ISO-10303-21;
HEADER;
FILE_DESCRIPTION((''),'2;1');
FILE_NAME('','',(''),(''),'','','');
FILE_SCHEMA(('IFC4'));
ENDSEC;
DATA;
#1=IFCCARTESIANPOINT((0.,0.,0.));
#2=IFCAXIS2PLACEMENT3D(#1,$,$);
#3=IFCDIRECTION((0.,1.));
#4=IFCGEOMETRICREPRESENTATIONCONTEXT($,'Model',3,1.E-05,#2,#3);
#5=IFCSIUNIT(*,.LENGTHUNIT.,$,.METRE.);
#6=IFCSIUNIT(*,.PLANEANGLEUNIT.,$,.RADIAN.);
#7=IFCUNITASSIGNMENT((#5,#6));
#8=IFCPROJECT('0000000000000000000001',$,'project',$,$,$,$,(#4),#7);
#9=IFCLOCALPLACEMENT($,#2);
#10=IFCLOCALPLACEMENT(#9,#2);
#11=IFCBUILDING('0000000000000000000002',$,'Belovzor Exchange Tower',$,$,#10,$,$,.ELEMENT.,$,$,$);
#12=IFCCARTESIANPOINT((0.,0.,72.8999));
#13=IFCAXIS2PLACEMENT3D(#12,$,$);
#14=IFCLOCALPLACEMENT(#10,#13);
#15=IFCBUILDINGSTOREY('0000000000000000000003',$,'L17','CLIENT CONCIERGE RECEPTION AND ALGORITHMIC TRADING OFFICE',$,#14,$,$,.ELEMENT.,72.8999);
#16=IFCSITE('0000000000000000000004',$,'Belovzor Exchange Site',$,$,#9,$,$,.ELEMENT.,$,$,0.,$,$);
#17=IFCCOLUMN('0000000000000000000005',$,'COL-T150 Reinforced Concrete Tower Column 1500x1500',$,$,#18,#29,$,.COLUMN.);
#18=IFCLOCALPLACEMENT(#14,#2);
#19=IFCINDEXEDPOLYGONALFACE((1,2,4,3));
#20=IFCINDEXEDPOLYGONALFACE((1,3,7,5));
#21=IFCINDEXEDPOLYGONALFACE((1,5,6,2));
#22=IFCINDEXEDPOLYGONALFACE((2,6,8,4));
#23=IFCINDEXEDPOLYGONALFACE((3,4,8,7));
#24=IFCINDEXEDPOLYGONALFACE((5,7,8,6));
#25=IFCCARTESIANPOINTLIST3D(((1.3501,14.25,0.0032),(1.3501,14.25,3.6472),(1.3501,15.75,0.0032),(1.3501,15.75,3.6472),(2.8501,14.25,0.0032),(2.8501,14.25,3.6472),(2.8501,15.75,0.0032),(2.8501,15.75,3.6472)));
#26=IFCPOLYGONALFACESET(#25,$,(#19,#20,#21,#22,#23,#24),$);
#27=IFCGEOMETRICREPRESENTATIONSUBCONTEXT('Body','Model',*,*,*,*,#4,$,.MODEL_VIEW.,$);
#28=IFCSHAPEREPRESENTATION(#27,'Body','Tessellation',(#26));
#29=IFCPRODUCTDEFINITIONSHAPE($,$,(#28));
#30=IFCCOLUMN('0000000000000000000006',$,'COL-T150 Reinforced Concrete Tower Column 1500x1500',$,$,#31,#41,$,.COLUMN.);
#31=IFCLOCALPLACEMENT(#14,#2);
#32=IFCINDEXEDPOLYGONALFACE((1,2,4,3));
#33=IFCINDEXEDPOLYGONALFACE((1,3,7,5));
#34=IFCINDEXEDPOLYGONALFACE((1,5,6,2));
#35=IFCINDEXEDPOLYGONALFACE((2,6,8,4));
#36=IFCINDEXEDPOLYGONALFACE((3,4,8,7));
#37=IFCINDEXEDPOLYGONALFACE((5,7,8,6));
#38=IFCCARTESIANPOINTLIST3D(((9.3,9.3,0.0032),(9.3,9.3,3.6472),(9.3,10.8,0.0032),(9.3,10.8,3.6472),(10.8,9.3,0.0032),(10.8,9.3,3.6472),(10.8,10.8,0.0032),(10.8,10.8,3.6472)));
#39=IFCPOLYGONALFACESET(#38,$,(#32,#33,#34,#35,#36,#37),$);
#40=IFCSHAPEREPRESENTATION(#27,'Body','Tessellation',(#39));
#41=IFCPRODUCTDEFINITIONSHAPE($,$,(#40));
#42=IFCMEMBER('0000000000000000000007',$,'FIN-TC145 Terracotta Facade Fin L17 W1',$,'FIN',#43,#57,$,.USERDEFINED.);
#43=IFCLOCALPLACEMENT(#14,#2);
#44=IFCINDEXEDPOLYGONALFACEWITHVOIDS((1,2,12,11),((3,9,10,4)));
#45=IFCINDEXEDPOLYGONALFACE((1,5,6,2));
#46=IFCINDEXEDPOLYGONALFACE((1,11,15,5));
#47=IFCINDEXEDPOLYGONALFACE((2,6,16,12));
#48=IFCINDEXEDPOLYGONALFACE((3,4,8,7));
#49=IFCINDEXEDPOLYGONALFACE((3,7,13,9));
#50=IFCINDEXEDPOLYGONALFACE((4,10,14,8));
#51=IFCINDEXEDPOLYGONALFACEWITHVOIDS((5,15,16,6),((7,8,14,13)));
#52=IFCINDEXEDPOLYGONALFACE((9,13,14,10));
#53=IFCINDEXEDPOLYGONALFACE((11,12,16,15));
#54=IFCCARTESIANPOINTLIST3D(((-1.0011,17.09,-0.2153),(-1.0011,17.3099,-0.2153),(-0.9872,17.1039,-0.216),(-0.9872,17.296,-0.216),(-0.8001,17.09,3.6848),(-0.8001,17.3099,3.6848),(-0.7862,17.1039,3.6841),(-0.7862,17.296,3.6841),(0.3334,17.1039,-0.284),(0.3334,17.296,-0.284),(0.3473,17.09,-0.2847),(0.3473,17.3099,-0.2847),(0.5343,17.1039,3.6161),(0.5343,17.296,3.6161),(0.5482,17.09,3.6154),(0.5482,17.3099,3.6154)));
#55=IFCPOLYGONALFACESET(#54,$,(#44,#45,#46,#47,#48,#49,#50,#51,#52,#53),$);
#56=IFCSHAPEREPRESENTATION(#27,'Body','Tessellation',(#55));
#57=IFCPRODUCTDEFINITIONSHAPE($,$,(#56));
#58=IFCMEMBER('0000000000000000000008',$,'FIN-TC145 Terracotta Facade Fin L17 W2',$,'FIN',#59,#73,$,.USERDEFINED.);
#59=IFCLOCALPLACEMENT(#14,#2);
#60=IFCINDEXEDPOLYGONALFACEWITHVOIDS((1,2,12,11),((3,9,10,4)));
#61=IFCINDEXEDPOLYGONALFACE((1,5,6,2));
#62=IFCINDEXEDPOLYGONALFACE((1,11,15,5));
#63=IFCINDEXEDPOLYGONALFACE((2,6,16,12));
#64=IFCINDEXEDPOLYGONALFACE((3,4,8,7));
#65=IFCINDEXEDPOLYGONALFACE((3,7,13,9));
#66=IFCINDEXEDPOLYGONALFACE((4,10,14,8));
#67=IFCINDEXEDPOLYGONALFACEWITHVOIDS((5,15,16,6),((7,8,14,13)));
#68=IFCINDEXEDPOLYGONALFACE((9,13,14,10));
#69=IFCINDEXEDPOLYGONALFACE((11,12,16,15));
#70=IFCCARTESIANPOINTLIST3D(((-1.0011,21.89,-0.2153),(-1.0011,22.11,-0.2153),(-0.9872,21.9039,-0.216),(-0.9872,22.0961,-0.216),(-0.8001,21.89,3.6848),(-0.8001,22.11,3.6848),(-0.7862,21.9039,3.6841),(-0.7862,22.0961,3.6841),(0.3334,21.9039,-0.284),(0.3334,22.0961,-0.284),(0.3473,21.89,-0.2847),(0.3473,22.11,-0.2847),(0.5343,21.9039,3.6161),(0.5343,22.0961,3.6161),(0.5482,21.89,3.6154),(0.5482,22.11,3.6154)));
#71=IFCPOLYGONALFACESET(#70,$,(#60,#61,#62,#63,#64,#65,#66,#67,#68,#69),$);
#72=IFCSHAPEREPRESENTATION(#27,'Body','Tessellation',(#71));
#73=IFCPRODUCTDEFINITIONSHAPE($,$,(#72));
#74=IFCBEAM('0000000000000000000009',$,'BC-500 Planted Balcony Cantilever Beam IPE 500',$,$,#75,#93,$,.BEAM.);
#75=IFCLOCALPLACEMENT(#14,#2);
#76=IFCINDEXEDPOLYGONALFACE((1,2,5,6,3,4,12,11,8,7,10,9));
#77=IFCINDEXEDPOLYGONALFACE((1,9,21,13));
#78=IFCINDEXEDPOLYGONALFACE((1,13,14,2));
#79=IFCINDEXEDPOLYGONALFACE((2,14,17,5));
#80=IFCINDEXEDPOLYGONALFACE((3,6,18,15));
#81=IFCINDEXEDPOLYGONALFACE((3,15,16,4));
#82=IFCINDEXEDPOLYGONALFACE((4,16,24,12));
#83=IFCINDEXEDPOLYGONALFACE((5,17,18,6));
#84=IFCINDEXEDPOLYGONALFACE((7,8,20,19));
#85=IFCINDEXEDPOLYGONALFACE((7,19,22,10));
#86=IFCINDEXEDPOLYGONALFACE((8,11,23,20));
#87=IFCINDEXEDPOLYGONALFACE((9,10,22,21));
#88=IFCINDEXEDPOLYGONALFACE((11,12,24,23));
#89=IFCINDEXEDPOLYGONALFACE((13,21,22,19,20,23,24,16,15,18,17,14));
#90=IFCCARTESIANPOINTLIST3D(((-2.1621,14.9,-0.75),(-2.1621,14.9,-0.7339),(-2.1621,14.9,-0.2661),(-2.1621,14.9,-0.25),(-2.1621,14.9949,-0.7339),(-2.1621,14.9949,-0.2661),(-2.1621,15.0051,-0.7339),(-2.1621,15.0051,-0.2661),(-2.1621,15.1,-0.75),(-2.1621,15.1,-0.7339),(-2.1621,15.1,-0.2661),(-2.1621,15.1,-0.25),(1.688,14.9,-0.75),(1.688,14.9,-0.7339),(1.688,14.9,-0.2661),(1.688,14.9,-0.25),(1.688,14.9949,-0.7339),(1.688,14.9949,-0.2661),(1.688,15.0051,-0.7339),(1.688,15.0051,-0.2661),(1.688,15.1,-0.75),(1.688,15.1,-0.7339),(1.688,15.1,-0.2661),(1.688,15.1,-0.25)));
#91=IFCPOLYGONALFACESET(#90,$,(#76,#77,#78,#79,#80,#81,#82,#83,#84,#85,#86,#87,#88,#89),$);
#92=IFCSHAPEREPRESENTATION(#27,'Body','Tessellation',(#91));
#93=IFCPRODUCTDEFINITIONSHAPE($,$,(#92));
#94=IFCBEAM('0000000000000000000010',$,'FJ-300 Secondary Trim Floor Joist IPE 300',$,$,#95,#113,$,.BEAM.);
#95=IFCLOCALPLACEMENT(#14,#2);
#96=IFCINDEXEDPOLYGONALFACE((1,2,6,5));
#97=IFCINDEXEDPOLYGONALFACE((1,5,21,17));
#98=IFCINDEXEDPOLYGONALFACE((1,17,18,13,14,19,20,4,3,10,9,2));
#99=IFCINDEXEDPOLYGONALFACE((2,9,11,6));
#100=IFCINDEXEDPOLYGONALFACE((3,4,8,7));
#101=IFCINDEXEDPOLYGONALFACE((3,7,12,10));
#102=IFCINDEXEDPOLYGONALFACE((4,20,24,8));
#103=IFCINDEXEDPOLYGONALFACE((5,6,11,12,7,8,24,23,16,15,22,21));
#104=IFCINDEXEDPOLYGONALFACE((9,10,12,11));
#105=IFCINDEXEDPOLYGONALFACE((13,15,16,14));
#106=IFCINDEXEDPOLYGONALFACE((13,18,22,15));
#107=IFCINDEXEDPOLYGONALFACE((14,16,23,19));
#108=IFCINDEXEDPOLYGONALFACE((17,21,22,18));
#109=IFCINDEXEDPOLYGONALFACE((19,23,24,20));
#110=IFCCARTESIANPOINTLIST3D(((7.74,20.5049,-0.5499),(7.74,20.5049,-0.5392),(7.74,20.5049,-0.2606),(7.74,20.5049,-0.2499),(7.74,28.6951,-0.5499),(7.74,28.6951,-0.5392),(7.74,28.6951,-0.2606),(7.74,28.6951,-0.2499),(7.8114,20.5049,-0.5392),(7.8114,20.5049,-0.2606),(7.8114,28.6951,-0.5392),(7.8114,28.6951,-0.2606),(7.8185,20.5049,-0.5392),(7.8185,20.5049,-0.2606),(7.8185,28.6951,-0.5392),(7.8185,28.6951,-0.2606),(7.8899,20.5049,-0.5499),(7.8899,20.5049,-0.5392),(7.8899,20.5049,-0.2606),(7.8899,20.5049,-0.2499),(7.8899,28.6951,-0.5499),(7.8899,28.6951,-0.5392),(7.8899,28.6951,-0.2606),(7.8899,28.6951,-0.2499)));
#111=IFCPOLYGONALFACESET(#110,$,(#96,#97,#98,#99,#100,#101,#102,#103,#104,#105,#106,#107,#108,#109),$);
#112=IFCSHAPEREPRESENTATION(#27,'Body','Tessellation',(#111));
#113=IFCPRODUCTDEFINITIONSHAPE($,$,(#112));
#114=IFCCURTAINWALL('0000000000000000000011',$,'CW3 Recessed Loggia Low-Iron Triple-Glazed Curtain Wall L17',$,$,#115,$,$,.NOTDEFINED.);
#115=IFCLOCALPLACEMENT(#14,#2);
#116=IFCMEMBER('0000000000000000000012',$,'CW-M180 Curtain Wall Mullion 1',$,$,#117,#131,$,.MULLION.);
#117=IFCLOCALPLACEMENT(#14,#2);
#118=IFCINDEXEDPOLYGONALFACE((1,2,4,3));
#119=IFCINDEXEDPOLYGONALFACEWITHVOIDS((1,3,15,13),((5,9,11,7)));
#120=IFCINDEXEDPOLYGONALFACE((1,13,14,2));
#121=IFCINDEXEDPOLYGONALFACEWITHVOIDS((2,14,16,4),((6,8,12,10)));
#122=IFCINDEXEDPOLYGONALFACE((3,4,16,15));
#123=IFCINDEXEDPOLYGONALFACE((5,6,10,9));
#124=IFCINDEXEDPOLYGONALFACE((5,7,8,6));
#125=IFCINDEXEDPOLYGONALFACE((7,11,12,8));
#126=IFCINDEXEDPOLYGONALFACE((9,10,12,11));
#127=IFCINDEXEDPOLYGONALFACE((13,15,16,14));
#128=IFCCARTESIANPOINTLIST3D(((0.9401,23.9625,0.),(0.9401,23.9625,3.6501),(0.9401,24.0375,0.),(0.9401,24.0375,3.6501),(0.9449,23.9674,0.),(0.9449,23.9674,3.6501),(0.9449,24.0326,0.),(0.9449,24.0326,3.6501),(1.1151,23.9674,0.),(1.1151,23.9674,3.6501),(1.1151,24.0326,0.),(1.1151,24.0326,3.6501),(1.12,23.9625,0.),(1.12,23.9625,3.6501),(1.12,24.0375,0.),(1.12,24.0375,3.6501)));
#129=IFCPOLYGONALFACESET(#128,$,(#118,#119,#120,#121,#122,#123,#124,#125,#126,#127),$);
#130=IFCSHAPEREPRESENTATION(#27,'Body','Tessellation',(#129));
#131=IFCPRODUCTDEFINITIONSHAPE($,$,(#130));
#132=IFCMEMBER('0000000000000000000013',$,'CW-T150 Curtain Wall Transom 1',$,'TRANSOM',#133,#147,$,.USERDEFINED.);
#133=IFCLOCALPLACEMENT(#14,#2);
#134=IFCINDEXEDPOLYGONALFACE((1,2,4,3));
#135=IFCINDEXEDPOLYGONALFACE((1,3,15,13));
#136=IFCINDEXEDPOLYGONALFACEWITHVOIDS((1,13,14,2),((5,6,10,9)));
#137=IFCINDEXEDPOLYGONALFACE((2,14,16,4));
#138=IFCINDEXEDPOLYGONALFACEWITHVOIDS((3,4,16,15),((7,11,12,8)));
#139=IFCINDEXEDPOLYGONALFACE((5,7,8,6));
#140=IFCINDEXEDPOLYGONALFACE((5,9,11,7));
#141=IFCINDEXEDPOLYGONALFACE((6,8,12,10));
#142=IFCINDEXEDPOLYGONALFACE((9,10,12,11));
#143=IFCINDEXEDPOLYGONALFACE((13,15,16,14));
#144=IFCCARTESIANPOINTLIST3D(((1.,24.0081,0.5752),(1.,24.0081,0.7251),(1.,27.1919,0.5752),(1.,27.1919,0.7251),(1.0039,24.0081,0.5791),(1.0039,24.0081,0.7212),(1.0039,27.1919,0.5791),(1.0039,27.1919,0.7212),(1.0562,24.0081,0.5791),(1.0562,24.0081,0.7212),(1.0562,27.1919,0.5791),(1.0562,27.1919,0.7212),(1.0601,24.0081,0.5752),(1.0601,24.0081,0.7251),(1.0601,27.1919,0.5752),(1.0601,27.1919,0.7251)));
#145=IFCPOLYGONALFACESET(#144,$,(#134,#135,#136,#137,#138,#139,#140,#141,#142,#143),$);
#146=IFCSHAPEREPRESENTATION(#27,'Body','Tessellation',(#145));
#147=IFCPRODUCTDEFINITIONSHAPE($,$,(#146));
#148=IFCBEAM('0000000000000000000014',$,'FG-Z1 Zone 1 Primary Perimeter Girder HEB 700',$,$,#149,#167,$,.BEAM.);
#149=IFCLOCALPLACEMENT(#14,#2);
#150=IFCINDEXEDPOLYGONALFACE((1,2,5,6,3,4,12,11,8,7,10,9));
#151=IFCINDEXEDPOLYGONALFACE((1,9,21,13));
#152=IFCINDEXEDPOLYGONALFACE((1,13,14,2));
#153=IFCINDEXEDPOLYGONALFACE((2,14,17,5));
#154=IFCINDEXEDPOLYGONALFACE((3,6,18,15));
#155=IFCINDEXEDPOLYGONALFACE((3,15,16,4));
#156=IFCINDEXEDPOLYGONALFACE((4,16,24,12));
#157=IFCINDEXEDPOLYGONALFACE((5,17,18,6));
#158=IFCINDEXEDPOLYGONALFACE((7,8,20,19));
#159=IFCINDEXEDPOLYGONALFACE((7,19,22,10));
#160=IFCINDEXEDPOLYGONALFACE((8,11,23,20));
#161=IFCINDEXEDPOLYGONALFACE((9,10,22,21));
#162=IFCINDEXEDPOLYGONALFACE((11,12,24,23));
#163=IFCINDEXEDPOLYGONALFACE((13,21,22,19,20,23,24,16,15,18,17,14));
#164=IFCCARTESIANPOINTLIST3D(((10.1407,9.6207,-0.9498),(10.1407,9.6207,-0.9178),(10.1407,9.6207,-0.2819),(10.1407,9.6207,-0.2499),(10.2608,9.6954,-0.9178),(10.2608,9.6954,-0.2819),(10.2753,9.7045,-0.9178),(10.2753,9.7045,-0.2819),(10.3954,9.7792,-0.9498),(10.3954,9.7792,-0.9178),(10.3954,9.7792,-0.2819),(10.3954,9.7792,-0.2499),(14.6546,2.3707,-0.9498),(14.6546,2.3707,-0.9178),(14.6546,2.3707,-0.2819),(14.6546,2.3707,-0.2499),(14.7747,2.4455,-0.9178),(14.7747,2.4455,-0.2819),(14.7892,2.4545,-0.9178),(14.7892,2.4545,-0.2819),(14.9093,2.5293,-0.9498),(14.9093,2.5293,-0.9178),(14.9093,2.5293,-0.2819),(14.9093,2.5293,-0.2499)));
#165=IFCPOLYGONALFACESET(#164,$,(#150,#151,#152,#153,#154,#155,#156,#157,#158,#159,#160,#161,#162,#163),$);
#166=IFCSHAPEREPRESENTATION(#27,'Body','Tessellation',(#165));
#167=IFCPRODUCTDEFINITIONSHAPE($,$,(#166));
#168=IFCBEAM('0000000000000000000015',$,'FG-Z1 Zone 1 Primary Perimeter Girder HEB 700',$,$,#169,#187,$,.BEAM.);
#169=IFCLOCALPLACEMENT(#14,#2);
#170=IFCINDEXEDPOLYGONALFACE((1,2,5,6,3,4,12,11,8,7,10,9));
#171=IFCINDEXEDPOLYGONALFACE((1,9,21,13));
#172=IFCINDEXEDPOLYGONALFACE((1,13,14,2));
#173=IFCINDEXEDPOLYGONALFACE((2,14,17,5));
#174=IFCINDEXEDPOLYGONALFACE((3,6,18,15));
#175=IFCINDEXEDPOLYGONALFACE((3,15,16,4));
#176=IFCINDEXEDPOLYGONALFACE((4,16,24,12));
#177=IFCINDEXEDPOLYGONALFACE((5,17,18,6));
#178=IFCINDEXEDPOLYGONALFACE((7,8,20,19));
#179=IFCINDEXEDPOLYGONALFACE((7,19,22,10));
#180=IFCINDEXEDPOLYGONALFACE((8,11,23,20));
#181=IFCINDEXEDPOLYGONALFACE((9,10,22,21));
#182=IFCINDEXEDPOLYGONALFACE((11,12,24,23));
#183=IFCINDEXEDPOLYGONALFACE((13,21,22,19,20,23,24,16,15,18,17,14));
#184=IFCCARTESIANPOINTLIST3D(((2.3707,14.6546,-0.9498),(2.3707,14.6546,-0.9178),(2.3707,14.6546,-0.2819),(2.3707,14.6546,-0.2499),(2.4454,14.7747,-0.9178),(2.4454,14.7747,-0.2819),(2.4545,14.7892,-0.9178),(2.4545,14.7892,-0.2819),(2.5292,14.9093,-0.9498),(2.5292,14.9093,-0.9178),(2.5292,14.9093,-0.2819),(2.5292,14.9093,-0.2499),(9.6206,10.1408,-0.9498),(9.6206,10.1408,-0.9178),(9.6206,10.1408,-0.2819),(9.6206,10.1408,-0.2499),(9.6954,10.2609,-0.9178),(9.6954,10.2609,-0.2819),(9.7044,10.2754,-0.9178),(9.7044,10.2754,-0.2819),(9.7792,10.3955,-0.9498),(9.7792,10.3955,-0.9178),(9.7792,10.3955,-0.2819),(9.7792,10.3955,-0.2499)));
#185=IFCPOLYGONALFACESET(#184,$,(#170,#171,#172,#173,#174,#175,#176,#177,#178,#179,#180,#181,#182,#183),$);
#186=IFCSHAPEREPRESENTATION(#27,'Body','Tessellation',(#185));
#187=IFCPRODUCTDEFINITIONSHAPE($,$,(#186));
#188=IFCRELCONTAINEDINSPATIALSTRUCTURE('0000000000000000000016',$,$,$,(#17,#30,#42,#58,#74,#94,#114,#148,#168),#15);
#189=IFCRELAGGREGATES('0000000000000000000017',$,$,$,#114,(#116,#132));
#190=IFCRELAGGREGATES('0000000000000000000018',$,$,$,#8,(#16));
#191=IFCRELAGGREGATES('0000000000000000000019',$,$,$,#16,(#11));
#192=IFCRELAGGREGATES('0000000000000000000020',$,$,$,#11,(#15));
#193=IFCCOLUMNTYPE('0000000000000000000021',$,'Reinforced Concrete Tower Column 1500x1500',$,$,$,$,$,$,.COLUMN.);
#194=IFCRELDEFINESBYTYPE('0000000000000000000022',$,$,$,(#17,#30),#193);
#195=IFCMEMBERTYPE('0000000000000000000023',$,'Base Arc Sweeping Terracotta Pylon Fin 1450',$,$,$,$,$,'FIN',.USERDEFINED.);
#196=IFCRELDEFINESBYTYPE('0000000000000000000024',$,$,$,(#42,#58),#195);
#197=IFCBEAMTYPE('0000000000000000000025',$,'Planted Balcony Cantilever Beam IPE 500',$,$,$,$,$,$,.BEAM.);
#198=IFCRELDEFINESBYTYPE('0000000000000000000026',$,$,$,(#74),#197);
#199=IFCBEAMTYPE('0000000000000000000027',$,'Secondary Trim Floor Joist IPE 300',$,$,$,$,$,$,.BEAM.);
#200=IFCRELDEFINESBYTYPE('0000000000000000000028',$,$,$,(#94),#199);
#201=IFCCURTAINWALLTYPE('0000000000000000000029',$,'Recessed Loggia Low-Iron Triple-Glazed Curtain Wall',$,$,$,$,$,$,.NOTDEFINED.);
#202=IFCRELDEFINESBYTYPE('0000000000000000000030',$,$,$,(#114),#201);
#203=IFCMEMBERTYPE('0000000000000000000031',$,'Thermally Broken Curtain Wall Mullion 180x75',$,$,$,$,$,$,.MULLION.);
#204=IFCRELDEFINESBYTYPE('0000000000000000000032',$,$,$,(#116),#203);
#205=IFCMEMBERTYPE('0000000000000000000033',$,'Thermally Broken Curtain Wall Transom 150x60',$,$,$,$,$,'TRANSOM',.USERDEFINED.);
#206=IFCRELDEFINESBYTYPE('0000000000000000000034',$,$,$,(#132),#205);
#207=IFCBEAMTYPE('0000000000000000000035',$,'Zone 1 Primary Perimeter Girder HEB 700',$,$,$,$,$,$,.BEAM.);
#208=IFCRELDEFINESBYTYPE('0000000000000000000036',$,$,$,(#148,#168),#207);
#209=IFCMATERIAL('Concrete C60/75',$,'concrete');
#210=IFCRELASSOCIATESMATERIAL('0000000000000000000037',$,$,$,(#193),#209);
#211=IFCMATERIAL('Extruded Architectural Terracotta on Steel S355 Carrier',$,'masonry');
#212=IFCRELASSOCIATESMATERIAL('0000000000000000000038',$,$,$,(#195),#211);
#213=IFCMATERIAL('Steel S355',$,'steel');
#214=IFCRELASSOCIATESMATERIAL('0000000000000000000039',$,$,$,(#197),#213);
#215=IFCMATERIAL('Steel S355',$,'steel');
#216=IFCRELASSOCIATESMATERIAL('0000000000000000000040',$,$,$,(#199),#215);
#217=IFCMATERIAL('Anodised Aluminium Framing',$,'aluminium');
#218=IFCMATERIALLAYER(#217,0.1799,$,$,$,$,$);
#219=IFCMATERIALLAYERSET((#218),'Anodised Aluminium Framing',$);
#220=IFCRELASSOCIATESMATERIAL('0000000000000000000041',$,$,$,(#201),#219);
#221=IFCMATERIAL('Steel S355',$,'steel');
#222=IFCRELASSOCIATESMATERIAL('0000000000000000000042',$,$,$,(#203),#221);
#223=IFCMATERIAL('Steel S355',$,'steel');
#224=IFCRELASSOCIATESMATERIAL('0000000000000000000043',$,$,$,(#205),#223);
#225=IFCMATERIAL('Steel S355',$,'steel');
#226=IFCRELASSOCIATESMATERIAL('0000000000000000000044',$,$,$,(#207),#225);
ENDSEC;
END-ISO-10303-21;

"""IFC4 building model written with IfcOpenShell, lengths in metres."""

from ifc_helpers import new_model, si_unit, direction, frame, origin, origin_2d, place, context, subcontext, project, spatial, rectangle, hollow_rectangle, i_section, extrude, material, layer, layer_set, material_profile, profile_set, type_object, element, aggregate, save


model = new_model("IFC4")

# Units and contexts
model_context = context("Model", 3, precision=1e-05, world=origin(), true_north=direction((0.0, 1.0)))
body_context = subcontext(model_context, "Body", "Model", "MODEL_VIEW")
ifc_project = project(units=[si_unit("LENGTHUNIT", "METRE"), si_unit("PLANEANGLEUNIT", "RADIAN")], contexts=[model_context])

# Site, building, storey
site_placement = place(None, origin())
site = spatial("IfcSite", under=ifc_project, at=site_placement, Name="Belovzor Exchange Site", CompositionType="ELEMENT", RefElevation=0.0)
building_placement = place(site_placement, origin())
building = spatial("IfcBuilding", under=site, at=building_placement, Name="Belovzor Exchange Tower", CompositionType="ELEMENT")
storey_placement = place(building_placement, frame((0.0, 0.0, 72.8999)))
storey = spatial("IfcBuildingStorey", under=building, at=storey_placement, Name="L17", Description="CLIENT CONCIERGE RECEPTION AND ALGORITHMIC TRADING OFFICE", CompositionType="ELEMENT", Elevation=72.8999)

# Columns
ifc_material_1 = material(Name="Concrete C60/75", Category="concrete")
ifc_material_profile_1 = material_profile(ifc_material_1, rectangle(XDim=1.5, YDim=1.5, at=origin_2d()))
ifc_profile_set_1 = profile_set([ifc_material_profile_1], Name="Concrete C60/75")
column_type = type_object("IfcColumnType", Name="Reinforced Concrete Tower Column 1500x1500", PredefinedType="COLUMN", material=ifc_profile_set_1)
for number, where, z_axis, x_axis, name in (
    (1, (2.1001, 15.0, 0.0032), (0.0, 0.0, 1.0), (1.0, 0.0, 0.0), "COL-T150 Reinforced Concrete Tower Column 1500x1500"),
    (2, (10.05, 10.05, 0.0032), (0.0, 0.0, 1.0), (1.0, 0.0, 0.0), "COL-T150 Reinforced Concrete Tower Column 1500x1500"),
):
    element("IfcColumn", number, at=place(storey_placement, frame(where, z_axis=z_axis, x_axis=x_axis)), inside=storey, type_object=column_type, Name=name, PredefinedType="COLUMN", context=body_context, shape_type="SweptSolid", body=[
        extrude(rectangle(XDim=1.5, YDim=1.5, at=origin_2d()), origin(), (0.0, 0.0, 1.0), 3.644),
    ])

# Members
ifc_material_2 = material(Name="Extruded Architectural Terracotta on Steel S355 Carrier", Category="masonry")
ifc_material_profile_2 = material_profile(ifc_material_2, hollow_rectangle(XDim=0.22, YDim=1.3501, WallThickness=0.0139, at=origin_2d()))
ifc_profile_set_2 = profile_set([ifc_material_profile_2], Name="Extruded Architectural Terracotta on Steel S355 Carrier")
member_type_1 = type_object("IfcMemberType", Name="Base Arc Sweeping Terracotta Pylon Fin 1450", ElementType="FIN", PredefinedType="USERDEFINED", material=ifc_profile_set_2)
for number, where, z_axis, x_axis, name in (
    (3, (-0.3269, 17.2, -0.25), (0.05145, 0.0, 0.998676), (0.0, 1.0, 0.0), "FIN-TC145 Terracotta Facade Fin L17 W1"),
    (4, (-0.3269, 22.0, -0.25), (0.05145, 0.0, 0.998676), (0.0, 1.0, 0.0), "FIN-TC145 Terracotta Facade Fin L17 W2"),
):
    element("IfcMember", number, at=place(storey_placement, frame(where, z_axis=z_axis, x_axis=x_axis)), inside=storey, type_object=member_type_1, Name=name, ObjectType="FIN", PredefinedType="USERDEFINED", context=body_context, shape_type="SweptSolid", body=[
        extrude(hollow_rectangle(XDim=0.22, YDim=1.3501, WallThickness=0.0139, at=origin_2d()), origin(), (0.0, 0.0, 1.0), 3.9053),
    ])

# Beams
ifc_material_3 = material(Name="Steel S355", Category="steel")
ifc_material_profile_3 = material_profile(ifc_material_3, i_section(OverallWidth=0.2, OverallDepth=0.5, WebThickness=0.0103, FlangeThickness=0.0161, at=origin_2d()))
ifc_profile_set_3 = profile_set([ifc_material_profile_3], Name="Steel S355")
beam_type_1 = type_object("IfcBeamType", Name="Planted Balcony Cantilever Beam IPE 500", PredefinedType="BEAM", material=ifc_profile_set_3)
beam_1_placement = place(storey_placement, frame((1.688, 15.0, -0.5), z_axis=(-1.0, 0.0, 0.0), x_axis=(0.0, -1.0, 0.0)))
element("IfcBeam", 5, at=beam_1_placement, inside=storey, type_object=beam_type_1, Name="BC-500 Planted Balcony Cantilever Beam IPE 500", PredefinedType="BEAM", context=body_context, shape_type="SweptSolid", body=[
    extrude(i_section(OverallWidth=0.2, OverallDepth=0.5, WebThickness=0.0103, FlangeThickness=0.0161, at=origin_2d()), origin(), (0.0, 0.0, 1.0), 3.8501),
])
ifc_material_4 = material(Name="Steel S355", Category="steel")
ifc_material_profile_4 = material_profile(ifc_material_4, i_section(OverallWidth=0.1499, OverallDepth=0.3, WebThickness=0.0071, FlangeThickness=0.0107, at=origin_2d()))
ifc_profile_set_4 = profile_set([ifc_material_profile_4], Name="Steel S355")
beam_type_2 = type_object("IfcBeamType", Name="Secondary Trim Floor Joist IPE 300", PredefinedType="BEAM", material=ifc_profile_set_4)
beam_2_placement = place(storey_placement, frame((7.8149, 20.5049, -0.3999), z_axis=(0.0, 1.0, 0.0), x_axis=(-1.0, 0.0, 0.0)))
element("IfcBeam", 6, at=beam_2_placement, inside=storey, type_object=beam_type_2, Name="FJ-300 Secondary Trim Floor Joist IPE 300", PredefinedType="BEAM", context=body_context, shape_type="SweptSolid", body=[
    extrude(i_section(OverallWidth=0.1499, OverallDepth=0.3, WebThickness=0.0071, FlangeThickness=0.0107, at=origin_2d()), origin(), (0.0, 0.0, 1.0), 8.1902),
])

# Curtain wall, members
ifc_material_5 = material(Name="Anodised Aluminium Framing", Category="aluminium")
ifc_layer_1 = layer(ifc_material_5, 0.1799)
ifc_layer_set_1 = layer_set([ifc_layer_1], Name="Anodised Aluminium Framing")
curtain_wall_type = type_object("IfcCurtainWallType", Name="Recessed Loggia Low-Iron Triple-Glazed Curtain Wall", PredefinedType="NOTDEFINED", material=ifc_layer_set_1)
curtain_wall_placement = place(storey_placement, origin())
curtain_wall = element("IfcCurtainWall", 7, at=curtain_wall_placement, inside=storey, type_object=curtain_wall_type, Name="CW3 Recessed Loggia Low-Iron Triple-Glazed Curtain Wall L17", PredefinedType="NOTDEFINED")
ifc_material_6 = material(Name="Steel S355", Category="steel")
ifc_material_profile_5 = material_profile(ifc_material_6, hollow_rectangle(XDim=0.075, YDim=0.1799, WallThickness=0.0049, at=origin_2d()))
ifc_profile_set_5 = profile_set([ifc_material_profile_5], Name="Steel S355")
member_type_2 = type_object("IfcMemberType", Name="Thermally Broken Curtain Wall Mullion 180x75", PredefinedType="MULLION", material=ifc_profile_set_5)
member_1_placement = place(storey_placement, frame((1.03, 24.0, 0.0), z_axis=(0.0, 0.0, 1.0), x_axis=(0.0, 1.0, 0.0)))
member_1 = element("IfcMember", 8, at=member_1_placement, type_object=member_type_2, Name="CW-M180 Curtain Wall Mullion 1", PredefinedType="MULLION", context=body_context, shape_type="SweptSolid", body=[
    extrude(hollow_rectangle(XDim=0.075, YDim=0.1799, WallThickness=0.0049, at=origin_2d()), origin(), (0.0, 0.0, 1.0), 3.6501),
])
ifc_material_7 = material(Name="Steel S355", Category="steel")
ifc_material_profile_6 = material_profile(ifc_material_7, hollow_rectangle(XDim=0.0601, YDim=0.1499, WallThickness=0.0039, at=origin_2d()))
ifc_profile_set_6 = profile_set([ifc_material_profile_6], Name="Steel S355")
member_type_3 = type_object("IfcMemberType", Name="Thermally Broken Curtain Wall Transom 150x60", ElementType="TRANSOM", PredefinedType="USERDEFINED", material=ifc_profile_set_6)
member_2_placement = place(storey_placement, frame((1.03, 24.0081, 0.6501), z_axis=(0.0, 1.0, 0.0), x_axis=(-1.0, 0.0, 0.0)))
member_2 = element("IfcMember", 9, at=member_2_placement, type_object=member_type_3, Name="CW-T150 Curtain Wall Transom 1", ObjectType="TRANSOM", PredefinedType="USERDEFINED", context=body_context, shape_type="SweptSolid", body=[
    extrude(hollow_rectangle(XDim=0.0601, YDim=0.1499, WallThickness=0.0039, at=origin_2d()), origin(), (0.0, 0.0, 1.0), 3.1838),
])

# Beams
ifc_material_8 = material(Name="Steel S355", Category="steel")
ifc_material_profile_7 = material_profile(ifc_material_8, i_section(OverallWidth=0.3, OverallDepth=0.7, WebThickness=0.0171, FlangeThickness=0.032, at=origin_2d()))
ifc_profile_set_7 = profile_set([ifc_material_profile_7], Name="Steel S355")
beam_type_3 = type_object("IfcBeamType", Name="Zone 1 Primary Perimeter Girder HEB 700", PredefinedType="BEAM", material=ifc_profile_set_7)
for number, where, z_axis, x_axis, name in (
    (10, (10.2681, 9.7, -0.5999), (0.528539, -0.848909, 0.0), (0.848909, 0.528539, 0.0), "FG-Z1 Zone 1 Primary Perimeter Girder HEB 700"),
    (11, (2.45, 14.782, -0.5999), (0.848909, -0.528539, 0.0), (0.528539, 0.848909, 0.0), "FG-Z1 Zone 1 Primary Perimeter Girder HEB 700"),
):
    element("IfcBeam", number, at=place(storey_placement, frame(where, z_axis=z_axis, x_axis=x_axis)), inside=storey, type_object=beam_type_3, Name=name, PredefinedType="BEAM", context=body_context, shape_type="SweptSolid", body=[
        extrude(i_section(OverallWidth=0.3, OverallDepth=0.7, WebThickness=0.0171, FlangeThickness=0.032, at=origin_2d()), origin(), (0.0, 0.0, 1.0), 8.5403),
    ])

aggregate(curtain_wall, [member_1, member_2])

save(model, "model.ifc")
